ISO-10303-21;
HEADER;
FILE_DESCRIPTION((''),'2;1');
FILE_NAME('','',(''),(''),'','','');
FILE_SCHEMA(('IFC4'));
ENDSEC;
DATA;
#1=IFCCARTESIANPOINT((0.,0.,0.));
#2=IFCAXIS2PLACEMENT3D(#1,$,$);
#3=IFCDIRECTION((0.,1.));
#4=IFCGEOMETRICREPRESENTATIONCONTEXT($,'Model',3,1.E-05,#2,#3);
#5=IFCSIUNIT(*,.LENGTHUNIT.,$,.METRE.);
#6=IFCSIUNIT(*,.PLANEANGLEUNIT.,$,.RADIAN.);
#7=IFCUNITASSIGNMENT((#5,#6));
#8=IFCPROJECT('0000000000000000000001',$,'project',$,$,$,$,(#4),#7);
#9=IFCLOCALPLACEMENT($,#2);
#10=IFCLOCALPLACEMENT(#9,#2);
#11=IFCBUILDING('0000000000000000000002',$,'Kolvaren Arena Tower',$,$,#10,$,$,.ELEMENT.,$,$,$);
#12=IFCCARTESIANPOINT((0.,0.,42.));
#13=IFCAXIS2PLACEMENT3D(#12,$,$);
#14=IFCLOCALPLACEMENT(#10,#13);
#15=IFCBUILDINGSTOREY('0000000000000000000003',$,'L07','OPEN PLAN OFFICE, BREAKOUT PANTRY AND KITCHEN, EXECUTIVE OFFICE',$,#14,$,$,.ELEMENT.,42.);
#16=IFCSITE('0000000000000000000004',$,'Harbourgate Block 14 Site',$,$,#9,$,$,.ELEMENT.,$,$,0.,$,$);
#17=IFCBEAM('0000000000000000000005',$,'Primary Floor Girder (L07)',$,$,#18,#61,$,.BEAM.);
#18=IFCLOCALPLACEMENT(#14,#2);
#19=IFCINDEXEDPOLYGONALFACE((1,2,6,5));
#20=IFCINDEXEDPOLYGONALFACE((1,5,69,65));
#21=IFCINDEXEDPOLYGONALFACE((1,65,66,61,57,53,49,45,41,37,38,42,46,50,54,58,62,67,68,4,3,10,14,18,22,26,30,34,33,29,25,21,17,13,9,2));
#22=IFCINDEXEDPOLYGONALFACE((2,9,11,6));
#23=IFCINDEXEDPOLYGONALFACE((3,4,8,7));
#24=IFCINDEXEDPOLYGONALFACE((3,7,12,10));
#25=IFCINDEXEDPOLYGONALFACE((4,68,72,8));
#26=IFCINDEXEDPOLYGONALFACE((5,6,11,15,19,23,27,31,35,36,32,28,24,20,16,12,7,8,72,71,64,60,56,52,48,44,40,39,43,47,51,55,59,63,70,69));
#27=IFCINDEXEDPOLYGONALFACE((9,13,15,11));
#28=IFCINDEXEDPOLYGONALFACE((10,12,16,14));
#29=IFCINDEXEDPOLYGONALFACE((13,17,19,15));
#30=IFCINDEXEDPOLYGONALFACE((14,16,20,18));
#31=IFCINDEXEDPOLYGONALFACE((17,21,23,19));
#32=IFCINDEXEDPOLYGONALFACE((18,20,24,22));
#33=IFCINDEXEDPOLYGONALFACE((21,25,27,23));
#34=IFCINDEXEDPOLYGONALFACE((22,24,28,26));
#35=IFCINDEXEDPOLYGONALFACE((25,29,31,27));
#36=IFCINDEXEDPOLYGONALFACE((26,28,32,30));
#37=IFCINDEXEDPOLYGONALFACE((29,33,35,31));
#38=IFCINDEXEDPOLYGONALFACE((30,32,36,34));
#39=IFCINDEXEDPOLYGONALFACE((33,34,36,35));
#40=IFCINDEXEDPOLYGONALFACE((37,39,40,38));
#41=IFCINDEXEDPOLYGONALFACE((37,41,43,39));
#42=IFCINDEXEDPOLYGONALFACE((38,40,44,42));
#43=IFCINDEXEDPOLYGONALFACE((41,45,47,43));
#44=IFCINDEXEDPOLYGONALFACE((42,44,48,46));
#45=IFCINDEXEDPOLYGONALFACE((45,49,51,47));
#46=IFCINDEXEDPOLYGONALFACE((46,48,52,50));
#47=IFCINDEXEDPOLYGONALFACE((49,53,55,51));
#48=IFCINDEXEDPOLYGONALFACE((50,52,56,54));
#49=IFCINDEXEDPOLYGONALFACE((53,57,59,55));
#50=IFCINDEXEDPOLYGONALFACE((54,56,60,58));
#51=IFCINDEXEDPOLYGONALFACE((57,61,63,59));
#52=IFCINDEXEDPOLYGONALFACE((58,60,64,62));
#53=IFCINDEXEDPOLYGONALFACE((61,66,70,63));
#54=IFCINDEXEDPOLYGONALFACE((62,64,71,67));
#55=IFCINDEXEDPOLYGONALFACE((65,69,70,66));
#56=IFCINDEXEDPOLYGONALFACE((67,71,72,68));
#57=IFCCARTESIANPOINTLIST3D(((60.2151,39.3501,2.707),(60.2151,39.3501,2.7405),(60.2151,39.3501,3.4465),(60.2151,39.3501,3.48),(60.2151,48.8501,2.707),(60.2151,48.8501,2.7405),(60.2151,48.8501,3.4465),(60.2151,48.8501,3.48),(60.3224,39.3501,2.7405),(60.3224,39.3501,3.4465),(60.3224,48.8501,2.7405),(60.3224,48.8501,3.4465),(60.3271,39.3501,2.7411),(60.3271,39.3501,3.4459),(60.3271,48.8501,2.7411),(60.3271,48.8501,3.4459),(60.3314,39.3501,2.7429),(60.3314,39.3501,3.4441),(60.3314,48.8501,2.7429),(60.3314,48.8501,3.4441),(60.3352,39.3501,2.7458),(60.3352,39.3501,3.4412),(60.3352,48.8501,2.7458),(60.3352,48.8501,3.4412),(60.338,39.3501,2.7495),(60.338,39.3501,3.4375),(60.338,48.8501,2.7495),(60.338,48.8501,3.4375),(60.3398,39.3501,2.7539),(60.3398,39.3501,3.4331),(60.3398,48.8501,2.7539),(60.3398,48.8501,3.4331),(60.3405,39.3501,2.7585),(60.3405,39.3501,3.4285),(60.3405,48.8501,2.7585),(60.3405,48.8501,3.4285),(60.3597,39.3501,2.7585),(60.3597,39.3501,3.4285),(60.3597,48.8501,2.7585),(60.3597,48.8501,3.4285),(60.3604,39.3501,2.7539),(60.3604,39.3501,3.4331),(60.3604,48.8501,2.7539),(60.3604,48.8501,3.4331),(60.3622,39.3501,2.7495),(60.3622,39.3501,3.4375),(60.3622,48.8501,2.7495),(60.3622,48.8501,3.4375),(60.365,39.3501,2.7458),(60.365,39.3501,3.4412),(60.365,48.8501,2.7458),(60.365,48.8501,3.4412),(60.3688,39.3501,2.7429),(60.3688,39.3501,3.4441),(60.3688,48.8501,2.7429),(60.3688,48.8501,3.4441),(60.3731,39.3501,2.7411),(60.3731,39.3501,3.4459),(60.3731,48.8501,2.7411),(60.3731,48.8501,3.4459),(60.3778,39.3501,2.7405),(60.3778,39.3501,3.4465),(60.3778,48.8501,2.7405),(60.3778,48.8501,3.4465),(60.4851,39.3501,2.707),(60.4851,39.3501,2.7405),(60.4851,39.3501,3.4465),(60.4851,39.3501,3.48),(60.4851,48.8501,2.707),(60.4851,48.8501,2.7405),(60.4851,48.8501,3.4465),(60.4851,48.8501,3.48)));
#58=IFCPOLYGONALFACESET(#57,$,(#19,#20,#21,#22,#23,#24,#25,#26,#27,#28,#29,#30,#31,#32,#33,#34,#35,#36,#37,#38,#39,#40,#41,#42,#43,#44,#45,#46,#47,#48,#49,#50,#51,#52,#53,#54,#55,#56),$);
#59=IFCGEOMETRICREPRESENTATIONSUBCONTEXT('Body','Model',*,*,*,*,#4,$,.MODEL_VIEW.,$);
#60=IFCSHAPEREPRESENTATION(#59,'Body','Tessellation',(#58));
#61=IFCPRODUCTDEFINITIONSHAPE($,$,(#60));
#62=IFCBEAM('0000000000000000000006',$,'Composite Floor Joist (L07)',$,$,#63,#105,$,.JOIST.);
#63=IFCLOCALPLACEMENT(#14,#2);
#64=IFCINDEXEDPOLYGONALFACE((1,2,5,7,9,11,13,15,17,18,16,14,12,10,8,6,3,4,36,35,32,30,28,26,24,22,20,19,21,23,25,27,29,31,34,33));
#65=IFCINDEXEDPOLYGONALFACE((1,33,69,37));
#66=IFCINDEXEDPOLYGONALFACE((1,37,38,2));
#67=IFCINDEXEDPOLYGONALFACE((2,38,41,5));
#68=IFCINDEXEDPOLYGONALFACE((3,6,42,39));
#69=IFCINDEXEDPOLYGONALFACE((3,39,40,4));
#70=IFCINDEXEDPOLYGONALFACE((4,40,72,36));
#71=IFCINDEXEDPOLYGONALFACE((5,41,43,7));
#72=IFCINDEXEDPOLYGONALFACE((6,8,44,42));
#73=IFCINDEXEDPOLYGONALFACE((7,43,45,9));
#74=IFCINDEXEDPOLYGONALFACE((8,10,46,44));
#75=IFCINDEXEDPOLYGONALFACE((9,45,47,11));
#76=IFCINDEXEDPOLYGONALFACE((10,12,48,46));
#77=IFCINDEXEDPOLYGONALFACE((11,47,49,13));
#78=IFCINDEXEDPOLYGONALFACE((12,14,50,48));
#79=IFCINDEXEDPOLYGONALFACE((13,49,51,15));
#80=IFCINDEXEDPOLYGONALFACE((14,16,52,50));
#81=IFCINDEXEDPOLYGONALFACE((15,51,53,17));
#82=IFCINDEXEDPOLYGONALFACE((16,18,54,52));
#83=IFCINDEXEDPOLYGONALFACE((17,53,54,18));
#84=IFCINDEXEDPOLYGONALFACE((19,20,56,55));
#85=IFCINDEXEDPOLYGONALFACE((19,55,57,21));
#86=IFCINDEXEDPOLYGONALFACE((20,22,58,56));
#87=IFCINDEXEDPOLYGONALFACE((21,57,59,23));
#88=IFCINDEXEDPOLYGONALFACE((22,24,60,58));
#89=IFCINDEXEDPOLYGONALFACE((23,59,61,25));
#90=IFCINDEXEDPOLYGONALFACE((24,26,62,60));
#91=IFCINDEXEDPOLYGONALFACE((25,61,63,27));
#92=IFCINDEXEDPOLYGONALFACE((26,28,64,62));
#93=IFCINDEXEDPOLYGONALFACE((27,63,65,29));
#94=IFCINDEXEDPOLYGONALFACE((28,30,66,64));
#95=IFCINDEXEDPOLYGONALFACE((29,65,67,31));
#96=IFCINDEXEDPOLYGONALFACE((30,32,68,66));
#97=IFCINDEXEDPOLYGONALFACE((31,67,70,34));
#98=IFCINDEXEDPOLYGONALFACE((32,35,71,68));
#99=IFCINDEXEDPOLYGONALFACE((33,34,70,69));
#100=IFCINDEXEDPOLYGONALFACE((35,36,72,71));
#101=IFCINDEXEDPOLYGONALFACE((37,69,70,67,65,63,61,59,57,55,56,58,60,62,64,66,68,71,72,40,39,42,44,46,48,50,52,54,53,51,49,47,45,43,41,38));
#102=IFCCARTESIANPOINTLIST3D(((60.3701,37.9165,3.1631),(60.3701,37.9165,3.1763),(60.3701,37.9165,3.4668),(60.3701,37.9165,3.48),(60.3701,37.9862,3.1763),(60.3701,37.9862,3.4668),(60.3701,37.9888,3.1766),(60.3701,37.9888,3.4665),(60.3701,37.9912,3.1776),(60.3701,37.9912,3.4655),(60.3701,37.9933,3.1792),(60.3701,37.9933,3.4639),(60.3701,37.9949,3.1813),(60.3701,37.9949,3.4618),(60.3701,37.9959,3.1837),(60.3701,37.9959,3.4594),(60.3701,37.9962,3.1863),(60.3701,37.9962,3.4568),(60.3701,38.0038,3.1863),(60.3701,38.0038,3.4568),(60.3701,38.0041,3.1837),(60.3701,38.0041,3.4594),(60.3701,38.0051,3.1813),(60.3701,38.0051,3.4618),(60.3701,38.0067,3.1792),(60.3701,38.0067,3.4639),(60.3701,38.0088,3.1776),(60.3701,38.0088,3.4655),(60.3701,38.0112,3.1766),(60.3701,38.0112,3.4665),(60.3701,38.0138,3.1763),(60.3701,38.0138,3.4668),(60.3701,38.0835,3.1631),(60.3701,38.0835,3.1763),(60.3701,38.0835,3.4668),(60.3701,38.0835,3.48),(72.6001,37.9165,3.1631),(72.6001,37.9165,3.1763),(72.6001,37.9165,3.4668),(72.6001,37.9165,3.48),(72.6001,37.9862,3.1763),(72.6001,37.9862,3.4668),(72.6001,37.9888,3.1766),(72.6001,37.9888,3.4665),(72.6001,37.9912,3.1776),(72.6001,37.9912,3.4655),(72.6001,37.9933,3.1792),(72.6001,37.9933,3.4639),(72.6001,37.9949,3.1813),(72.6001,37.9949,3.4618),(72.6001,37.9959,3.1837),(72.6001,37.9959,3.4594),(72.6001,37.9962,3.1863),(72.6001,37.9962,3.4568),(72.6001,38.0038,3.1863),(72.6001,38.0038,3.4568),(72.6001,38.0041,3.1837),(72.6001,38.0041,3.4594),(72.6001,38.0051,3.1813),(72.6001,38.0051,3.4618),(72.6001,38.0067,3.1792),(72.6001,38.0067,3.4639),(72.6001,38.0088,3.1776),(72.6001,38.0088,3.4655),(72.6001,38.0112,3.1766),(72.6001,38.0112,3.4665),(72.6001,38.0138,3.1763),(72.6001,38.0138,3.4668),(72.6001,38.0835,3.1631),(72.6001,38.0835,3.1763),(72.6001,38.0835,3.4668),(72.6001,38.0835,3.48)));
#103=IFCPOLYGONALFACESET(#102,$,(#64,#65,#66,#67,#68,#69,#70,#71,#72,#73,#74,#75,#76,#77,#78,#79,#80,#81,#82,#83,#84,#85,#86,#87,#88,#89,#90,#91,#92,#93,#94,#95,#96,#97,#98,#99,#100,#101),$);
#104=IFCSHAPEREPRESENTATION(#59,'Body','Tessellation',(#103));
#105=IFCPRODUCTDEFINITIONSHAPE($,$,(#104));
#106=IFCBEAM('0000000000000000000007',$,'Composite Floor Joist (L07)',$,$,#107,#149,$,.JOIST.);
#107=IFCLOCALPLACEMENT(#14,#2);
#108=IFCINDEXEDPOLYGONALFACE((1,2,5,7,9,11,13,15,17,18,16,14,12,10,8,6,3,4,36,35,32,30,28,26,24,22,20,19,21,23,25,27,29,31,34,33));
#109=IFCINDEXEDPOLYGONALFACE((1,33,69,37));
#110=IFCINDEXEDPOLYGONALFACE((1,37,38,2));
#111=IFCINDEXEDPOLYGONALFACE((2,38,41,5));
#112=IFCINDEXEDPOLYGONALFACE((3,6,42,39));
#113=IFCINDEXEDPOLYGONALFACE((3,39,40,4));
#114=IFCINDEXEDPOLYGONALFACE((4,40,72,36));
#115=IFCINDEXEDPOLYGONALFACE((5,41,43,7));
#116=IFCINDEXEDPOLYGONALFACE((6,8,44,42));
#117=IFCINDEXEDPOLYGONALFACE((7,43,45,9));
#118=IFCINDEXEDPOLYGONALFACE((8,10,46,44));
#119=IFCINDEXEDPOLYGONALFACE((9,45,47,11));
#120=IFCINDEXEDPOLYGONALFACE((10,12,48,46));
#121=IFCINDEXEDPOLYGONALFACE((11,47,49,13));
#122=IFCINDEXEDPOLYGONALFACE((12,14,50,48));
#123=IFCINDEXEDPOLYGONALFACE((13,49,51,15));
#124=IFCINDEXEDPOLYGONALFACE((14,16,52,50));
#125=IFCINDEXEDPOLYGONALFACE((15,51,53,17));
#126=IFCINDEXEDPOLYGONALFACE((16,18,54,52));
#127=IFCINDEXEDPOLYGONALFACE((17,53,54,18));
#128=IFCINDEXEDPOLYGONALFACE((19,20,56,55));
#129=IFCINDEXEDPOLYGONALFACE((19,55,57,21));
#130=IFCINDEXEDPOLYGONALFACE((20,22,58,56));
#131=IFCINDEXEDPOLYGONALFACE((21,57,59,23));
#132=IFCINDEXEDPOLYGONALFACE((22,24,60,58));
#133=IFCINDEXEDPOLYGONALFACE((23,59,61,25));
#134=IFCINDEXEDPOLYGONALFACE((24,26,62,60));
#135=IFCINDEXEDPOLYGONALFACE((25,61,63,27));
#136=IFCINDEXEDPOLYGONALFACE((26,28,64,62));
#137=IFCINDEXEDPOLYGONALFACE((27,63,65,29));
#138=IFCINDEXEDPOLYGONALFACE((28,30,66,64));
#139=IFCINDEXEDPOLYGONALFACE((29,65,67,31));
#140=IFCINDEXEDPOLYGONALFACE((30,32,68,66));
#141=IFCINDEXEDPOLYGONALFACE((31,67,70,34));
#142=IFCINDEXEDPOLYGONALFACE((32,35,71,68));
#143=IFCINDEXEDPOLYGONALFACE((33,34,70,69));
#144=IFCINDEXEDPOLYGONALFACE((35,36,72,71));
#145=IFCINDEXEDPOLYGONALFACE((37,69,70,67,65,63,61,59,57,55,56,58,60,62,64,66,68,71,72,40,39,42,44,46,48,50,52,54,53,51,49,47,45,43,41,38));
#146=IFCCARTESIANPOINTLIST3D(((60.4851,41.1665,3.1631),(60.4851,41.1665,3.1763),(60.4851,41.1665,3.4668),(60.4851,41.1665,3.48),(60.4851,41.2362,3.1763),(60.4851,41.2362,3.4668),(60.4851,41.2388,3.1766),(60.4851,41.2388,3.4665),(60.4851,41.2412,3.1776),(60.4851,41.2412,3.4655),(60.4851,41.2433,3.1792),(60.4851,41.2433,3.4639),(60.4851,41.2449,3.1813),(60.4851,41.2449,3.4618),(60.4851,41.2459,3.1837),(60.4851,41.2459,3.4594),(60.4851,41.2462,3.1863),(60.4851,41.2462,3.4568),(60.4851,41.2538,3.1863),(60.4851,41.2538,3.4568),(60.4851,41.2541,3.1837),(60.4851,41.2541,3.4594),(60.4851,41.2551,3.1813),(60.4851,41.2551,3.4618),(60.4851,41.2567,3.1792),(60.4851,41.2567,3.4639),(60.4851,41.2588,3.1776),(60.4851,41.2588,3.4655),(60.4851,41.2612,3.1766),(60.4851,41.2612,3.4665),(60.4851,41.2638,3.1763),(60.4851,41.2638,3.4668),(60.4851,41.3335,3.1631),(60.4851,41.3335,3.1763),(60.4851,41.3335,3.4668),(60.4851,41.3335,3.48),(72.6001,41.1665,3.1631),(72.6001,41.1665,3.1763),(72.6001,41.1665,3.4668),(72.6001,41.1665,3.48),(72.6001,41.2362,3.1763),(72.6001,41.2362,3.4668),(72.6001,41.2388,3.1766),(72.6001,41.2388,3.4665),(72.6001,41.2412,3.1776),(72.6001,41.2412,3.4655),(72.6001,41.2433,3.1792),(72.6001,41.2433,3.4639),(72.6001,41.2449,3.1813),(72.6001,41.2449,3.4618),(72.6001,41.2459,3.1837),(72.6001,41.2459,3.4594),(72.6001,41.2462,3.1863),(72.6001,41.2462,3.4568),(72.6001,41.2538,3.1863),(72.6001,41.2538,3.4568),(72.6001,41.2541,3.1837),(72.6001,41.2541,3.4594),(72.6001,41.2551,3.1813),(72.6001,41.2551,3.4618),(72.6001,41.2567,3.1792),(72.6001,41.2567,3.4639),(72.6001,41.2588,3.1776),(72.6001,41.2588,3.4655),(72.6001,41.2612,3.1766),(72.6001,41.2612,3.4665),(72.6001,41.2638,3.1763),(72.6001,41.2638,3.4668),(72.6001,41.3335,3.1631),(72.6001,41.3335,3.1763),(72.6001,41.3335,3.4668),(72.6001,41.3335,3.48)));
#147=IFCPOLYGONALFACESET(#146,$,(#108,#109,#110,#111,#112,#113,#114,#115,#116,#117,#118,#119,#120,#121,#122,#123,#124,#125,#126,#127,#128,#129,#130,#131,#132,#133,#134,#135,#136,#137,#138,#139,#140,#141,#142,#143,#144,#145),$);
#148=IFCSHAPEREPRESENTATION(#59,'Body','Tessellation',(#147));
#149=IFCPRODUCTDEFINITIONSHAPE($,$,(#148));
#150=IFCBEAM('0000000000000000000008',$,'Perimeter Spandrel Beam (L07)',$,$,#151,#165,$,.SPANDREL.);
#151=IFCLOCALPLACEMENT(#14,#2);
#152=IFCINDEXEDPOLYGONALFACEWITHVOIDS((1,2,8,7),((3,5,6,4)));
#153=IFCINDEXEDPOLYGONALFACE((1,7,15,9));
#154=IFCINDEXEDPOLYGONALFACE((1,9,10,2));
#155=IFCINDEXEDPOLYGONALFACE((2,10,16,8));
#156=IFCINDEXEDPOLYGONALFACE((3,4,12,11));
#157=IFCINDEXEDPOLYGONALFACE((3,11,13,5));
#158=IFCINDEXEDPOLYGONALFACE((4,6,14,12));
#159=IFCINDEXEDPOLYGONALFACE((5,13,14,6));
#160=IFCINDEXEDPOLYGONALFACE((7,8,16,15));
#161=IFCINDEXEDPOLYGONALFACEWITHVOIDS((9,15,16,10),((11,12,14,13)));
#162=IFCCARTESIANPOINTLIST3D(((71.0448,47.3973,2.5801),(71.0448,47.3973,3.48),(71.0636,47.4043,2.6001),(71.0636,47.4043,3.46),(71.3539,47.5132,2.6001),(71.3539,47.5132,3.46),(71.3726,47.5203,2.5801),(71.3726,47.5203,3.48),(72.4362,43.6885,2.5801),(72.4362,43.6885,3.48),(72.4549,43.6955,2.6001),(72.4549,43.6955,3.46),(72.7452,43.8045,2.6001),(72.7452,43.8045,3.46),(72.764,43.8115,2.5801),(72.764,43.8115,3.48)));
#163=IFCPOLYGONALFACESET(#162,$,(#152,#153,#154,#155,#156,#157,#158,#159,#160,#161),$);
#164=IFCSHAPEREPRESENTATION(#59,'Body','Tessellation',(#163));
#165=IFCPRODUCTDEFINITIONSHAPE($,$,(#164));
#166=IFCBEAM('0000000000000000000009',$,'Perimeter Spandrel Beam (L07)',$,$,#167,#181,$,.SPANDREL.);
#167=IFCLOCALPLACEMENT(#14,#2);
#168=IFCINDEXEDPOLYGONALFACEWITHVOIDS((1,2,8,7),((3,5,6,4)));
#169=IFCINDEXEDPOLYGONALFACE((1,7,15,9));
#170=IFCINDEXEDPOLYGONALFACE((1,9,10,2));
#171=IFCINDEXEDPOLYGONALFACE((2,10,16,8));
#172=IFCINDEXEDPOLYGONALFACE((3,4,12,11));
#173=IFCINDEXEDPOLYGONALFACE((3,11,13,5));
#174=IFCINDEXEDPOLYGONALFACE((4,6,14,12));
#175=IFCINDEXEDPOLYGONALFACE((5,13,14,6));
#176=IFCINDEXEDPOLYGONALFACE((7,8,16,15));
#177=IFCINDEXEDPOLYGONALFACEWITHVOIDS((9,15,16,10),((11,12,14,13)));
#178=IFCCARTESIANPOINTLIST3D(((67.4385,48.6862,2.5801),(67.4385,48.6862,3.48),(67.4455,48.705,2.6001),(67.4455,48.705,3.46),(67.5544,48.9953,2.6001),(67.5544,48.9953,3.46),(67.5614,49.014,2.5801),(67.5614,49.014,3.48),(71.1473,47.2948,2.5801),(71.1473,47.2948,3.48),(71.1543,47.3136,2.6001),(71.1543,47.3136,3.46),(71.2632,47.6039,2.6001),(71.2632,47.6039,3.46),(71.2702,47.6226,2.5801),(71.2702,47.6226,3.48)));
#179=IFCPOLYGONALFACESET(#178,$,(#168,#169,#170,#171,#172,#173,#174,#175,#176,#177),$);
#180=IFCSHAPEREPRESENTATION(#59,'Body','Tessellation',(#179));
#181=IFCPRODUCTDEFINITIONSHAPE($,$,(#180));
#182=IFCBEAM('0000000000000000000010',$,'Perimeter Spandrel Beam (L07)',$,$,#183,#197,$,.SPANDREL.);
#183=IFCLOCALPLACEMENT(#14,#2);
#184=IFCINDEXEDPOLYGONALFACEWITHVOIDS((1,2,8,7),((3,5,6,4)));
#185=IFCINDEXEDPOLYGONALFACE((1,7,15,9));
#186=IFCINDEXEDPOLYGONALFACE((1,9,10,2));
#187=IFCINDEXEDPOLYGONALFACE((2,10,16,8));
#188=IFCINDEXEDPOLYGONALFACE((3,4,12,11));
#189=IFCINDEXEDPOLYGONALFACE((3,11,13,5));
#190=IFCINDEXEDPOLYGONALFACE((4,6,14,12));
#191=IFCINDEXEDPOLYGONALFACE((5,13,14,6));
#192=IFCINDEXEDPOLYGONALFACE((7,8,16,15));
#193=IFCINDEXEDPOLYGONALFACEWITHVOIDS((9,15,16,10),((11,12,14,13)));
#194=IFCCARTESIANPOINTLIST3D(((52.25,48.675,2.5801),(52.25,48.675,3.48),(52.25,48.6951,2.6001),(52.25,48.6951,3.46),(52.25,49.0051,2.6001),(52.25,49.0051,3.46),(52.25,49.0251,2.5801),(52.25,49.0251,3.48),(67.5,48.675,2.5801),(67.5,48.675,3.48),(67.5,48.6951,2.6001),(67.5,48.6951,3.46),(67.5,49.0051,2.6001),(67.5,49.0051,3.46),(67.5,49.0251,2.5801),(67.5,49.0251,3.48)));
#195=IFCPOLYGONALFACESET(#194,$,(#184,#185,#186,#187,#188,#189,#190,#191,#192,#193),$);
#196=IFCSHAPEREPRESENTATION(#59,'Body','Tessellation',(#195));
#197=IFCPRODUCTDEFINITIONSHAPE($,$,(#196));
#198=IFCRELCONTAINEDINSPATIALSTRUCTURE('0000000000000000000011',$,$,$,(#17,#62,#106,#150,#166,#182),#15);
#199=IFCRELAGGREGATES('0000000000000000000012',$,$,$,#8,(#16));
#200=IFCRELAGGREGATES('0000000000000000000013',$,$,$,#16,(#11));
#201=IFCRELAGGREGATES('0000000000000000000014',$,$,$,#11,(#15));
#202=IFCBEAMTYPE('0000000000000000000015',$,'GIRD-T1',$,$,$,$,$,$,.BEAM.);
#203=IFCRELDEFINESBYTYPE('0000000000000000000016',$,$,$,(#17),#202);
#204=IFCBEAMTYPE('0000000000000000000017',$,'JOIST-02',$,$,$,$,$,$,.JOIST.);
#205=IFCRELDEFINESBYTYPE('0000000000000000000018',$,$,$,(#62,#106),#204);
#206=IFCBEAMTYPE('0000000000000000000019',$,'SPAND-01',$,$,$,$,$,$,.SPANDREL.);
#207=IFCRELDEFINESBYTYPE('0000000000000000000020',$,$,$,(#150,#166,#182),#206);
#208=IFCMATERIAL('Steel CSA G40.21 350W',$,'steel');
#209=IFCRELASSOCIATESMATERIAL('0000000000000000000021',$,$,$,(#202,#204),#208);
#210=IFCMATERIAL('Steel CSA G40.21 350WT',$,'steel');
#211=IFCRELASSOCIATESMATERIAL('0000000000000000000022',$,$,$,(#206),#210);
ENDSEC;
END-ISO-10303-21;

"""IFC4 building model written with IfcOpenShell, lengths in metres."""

from ifc_helpers import new_model, si_unit, direction, frame, origin, origin_2d, place, context, subcontext, project, spatial, hollow_rectangle, i_section, extrude, material, material_profile, profile_set, type_object, element, save


model = new_model("IFC4")

# Units and contexts
model_context = context("Model", 3, precision=1e-05, world=origin(), true_north=direction((0.0, 1.0)))
body_context = subcontext(model_context, "Body", "Model", "MODEL_VIEW")
ifc_project = project(units=[si_unit("LENGTHUNIT", "METRE"), si_unit("PLANEANGLEUNIT", "RADIAN")], contexts=[model_context])

# Site, building, storey
site_placement = place(None, origin())
site = spatial("IfcSite", under=ifc_project, at=site_placement, Name="Harbourgate Block 14 Site", CompositionType="ELEMENT", RefElevation=0.0)
building_placement = place(site_placement, origin())
building = spatial("IfcBuilding", under=site, at=building_placement, Name="Kolvaren Arena Tower", CompositionType="ELEMENT")
storey_placement = place(building_placement, frame((0.0, 0.0, 42.0)))
storey = spatial("IfcBuildingStorey", under=building, at=storey_placement, Name="L07", Description="OPEN PLAN OFFICE, BREAKOUT PANTRY AND KITCHEN, EXECUTIVE OFFICE", CompositionType="ELEMENT", Elevation=42.0)

# Beams
ifc_material_1 = material(Name="Steel CSA G40.21 350W", Category="steel")
ifc_material_profile_1 = material_profile(ifc_material_1, i_section(OverallWidth=0.27, OverallDepth=0.7729, WebThickness=0.0193, FlangeThickness=0.0334, FilletRadius=0.0181, at=origin_2d()), Name="W760x257")
ifc_profile_set_1 = profile_set([ifc_material_profile_1], Name="Steel CSA G40.21 350W")
beam_type_1 = type_object("IfcBeamType", Name="GIRD-T1", PredefinedType="BEAM", material=ifc_profile_set_1)
beam_1_placement = place(storey_placement, frame((60.3501, 39.3501, 3.0935), z_axis=(0.0, 1.0, 0.0), x_axis=(-1.0, 0.0, 0.0)))
element("IfcBeam", 1, at=beam_1_placement, inside=storey, type_object=beam_type_1, Name="Primary Floor Girder (L07)", PredefinedType="BEAM", context=body_context, shape_type="SweptSolid", body=[
    extrude(i_section(OverallWidth=0.27, OverallDepth=0.7729, WebThickness=0.0193, FlangeThickness=0.0334, FilletRadius=0.0181, at=origin_2d()), origin(), (0.0, 0.0, 1.0), 9.5),
])
ifc_material_profile_2 = material_profile(ifc_material_1, i_section(OverallWidth=0.167, OverallDepth=0.3169, WebThickness=0.0076, FlangeThickness=0.0132, FilletRadius=0.01, at=origin_2d()), Name="W310x52")
ifc_profile_set_2 = profile_set([ifc_material_profile_2], Name="Steel CSA G40.21 350W")
beam_type_2 = type_object("IfcBeamType", Name="JOIST-02", PredefinedType="JOIST", material=ifc_profile_set_2)
beam_2_placement = place(storey_placement, frame((60.3701, 38.0, 3.3215), z_axis=(1.0, 0.0, 0.0), x_axis=(0.0, 1.0, 0.0)))
element("IfcBeam", 2, at=beam_2_placement, inside=storey, type_object=beam_type_2, Name="Composite Floor Joist (L07)", PredefinedType="JOIST", context=body_context, shape_type="SweptSolid", body=[
    extrude(i_section(OverallWidth=0.167, OverallDepth=0.3169, WebThickness=0.0076, FlangeThickness=0.0132, FilletRadius=0.01, at=origin_2d()), origin(), (0.0, 0.0, 1.0), 12.23),
])
beam_3_placement = place(storey_placement, frame((60.4851, 41.25, 3.3215), z_axis=(1.0, 0.0, 0.0), x_axis=(0.0, 1.0, 0.0)))
element("IfcBeam", 3, at=beam_3_placement, inside=storey, type_object=beam_type_2, Name="Composite Floor Joist (L07)", PredefinedType="JOIST", context=body_context, shape_type="SweptSolid", body=[
    extrude(i_section(OverallWidth=0.167, OverallDepth=0.3169, WebThickness=0.0076, FlangeThickness=0.0132, FilletRadius=0.01, at=origin_2d()), origin(), (0.0, 0.0, 1.0), 12.115),
])
ifc_material_2 = material(Name="Steel CSA G40.21 350WT", Category="steel")
ifc_material_profile_3 = material_profile(ifc_material_2, hollow_rectangle(XDim=0.3501, YDim=0.8999, WallThickness=0.02, at=origin_2d()), Name="HSS 900x350x20")
ifc_profile_set_3 = profile_set([ifc_material_profile_3], Name="Steel CSA G40.21 350WT")
beam_type_3 = type_object("IfcBeamType", Name="SPAND-01", PredefinedType="SPANDREL", material=ifc_profile_set_3)
for number, where, z_axis, x_axis, name in (
    (4, (72.6001, 43.75, 3.03), (-0.351252, 0.936281, 0.0), (-0.936281, -0.351252, 0.0), "Perimeter Spandrel Beam (L07)"),
    (5, (71.2087, 47.4587, 3.03), (-0.936281, 0.351252, 0.0), (-0.351252, -0.936281, 0.0), "Perimeter Spandrel Beam (L07)"),
):
    element("IfcBeam", number, at=place(storey_placement, frame(where, z_axis=z_axis, x_axis=x_axis)), inside=storey, type_object=beam_type_3, Name=name, PredefinedType="SPANDREL", context=body_context, shape_type="SweptSolid", body=[
        extrude(hollow_rectangle(XDim=0.3501, YDim=0.8999, WallThickness=0.02, at=origin_2d()), origin(), (0.0, 0.0, 1.0), 3.9612),
    ])
beam_4_placement = place(storey_placement, frame((67.5, 48.8501, 3.03), z_axis=(-1.0, 0.0, 0.0), x_axis=(0.0, -1.0, 0.0)))
element("IfcBeam", 6, at=beam_4_placement, inside=storey, type_object=beam_type_3, Name="Perimeter Spandrel Beam (L07)", PredefinedType="SPANDREL", context=body_context, shape_type="SweptSolid", body=[
    extrude(hollow_rectangle(XDim=0.3501, YDim=0.8999, WallThickness=0.02, at=origin_2d()), origin(), (0.0, 0.0, 1.0), 15.25),
])

save(model, "model.ifc")
